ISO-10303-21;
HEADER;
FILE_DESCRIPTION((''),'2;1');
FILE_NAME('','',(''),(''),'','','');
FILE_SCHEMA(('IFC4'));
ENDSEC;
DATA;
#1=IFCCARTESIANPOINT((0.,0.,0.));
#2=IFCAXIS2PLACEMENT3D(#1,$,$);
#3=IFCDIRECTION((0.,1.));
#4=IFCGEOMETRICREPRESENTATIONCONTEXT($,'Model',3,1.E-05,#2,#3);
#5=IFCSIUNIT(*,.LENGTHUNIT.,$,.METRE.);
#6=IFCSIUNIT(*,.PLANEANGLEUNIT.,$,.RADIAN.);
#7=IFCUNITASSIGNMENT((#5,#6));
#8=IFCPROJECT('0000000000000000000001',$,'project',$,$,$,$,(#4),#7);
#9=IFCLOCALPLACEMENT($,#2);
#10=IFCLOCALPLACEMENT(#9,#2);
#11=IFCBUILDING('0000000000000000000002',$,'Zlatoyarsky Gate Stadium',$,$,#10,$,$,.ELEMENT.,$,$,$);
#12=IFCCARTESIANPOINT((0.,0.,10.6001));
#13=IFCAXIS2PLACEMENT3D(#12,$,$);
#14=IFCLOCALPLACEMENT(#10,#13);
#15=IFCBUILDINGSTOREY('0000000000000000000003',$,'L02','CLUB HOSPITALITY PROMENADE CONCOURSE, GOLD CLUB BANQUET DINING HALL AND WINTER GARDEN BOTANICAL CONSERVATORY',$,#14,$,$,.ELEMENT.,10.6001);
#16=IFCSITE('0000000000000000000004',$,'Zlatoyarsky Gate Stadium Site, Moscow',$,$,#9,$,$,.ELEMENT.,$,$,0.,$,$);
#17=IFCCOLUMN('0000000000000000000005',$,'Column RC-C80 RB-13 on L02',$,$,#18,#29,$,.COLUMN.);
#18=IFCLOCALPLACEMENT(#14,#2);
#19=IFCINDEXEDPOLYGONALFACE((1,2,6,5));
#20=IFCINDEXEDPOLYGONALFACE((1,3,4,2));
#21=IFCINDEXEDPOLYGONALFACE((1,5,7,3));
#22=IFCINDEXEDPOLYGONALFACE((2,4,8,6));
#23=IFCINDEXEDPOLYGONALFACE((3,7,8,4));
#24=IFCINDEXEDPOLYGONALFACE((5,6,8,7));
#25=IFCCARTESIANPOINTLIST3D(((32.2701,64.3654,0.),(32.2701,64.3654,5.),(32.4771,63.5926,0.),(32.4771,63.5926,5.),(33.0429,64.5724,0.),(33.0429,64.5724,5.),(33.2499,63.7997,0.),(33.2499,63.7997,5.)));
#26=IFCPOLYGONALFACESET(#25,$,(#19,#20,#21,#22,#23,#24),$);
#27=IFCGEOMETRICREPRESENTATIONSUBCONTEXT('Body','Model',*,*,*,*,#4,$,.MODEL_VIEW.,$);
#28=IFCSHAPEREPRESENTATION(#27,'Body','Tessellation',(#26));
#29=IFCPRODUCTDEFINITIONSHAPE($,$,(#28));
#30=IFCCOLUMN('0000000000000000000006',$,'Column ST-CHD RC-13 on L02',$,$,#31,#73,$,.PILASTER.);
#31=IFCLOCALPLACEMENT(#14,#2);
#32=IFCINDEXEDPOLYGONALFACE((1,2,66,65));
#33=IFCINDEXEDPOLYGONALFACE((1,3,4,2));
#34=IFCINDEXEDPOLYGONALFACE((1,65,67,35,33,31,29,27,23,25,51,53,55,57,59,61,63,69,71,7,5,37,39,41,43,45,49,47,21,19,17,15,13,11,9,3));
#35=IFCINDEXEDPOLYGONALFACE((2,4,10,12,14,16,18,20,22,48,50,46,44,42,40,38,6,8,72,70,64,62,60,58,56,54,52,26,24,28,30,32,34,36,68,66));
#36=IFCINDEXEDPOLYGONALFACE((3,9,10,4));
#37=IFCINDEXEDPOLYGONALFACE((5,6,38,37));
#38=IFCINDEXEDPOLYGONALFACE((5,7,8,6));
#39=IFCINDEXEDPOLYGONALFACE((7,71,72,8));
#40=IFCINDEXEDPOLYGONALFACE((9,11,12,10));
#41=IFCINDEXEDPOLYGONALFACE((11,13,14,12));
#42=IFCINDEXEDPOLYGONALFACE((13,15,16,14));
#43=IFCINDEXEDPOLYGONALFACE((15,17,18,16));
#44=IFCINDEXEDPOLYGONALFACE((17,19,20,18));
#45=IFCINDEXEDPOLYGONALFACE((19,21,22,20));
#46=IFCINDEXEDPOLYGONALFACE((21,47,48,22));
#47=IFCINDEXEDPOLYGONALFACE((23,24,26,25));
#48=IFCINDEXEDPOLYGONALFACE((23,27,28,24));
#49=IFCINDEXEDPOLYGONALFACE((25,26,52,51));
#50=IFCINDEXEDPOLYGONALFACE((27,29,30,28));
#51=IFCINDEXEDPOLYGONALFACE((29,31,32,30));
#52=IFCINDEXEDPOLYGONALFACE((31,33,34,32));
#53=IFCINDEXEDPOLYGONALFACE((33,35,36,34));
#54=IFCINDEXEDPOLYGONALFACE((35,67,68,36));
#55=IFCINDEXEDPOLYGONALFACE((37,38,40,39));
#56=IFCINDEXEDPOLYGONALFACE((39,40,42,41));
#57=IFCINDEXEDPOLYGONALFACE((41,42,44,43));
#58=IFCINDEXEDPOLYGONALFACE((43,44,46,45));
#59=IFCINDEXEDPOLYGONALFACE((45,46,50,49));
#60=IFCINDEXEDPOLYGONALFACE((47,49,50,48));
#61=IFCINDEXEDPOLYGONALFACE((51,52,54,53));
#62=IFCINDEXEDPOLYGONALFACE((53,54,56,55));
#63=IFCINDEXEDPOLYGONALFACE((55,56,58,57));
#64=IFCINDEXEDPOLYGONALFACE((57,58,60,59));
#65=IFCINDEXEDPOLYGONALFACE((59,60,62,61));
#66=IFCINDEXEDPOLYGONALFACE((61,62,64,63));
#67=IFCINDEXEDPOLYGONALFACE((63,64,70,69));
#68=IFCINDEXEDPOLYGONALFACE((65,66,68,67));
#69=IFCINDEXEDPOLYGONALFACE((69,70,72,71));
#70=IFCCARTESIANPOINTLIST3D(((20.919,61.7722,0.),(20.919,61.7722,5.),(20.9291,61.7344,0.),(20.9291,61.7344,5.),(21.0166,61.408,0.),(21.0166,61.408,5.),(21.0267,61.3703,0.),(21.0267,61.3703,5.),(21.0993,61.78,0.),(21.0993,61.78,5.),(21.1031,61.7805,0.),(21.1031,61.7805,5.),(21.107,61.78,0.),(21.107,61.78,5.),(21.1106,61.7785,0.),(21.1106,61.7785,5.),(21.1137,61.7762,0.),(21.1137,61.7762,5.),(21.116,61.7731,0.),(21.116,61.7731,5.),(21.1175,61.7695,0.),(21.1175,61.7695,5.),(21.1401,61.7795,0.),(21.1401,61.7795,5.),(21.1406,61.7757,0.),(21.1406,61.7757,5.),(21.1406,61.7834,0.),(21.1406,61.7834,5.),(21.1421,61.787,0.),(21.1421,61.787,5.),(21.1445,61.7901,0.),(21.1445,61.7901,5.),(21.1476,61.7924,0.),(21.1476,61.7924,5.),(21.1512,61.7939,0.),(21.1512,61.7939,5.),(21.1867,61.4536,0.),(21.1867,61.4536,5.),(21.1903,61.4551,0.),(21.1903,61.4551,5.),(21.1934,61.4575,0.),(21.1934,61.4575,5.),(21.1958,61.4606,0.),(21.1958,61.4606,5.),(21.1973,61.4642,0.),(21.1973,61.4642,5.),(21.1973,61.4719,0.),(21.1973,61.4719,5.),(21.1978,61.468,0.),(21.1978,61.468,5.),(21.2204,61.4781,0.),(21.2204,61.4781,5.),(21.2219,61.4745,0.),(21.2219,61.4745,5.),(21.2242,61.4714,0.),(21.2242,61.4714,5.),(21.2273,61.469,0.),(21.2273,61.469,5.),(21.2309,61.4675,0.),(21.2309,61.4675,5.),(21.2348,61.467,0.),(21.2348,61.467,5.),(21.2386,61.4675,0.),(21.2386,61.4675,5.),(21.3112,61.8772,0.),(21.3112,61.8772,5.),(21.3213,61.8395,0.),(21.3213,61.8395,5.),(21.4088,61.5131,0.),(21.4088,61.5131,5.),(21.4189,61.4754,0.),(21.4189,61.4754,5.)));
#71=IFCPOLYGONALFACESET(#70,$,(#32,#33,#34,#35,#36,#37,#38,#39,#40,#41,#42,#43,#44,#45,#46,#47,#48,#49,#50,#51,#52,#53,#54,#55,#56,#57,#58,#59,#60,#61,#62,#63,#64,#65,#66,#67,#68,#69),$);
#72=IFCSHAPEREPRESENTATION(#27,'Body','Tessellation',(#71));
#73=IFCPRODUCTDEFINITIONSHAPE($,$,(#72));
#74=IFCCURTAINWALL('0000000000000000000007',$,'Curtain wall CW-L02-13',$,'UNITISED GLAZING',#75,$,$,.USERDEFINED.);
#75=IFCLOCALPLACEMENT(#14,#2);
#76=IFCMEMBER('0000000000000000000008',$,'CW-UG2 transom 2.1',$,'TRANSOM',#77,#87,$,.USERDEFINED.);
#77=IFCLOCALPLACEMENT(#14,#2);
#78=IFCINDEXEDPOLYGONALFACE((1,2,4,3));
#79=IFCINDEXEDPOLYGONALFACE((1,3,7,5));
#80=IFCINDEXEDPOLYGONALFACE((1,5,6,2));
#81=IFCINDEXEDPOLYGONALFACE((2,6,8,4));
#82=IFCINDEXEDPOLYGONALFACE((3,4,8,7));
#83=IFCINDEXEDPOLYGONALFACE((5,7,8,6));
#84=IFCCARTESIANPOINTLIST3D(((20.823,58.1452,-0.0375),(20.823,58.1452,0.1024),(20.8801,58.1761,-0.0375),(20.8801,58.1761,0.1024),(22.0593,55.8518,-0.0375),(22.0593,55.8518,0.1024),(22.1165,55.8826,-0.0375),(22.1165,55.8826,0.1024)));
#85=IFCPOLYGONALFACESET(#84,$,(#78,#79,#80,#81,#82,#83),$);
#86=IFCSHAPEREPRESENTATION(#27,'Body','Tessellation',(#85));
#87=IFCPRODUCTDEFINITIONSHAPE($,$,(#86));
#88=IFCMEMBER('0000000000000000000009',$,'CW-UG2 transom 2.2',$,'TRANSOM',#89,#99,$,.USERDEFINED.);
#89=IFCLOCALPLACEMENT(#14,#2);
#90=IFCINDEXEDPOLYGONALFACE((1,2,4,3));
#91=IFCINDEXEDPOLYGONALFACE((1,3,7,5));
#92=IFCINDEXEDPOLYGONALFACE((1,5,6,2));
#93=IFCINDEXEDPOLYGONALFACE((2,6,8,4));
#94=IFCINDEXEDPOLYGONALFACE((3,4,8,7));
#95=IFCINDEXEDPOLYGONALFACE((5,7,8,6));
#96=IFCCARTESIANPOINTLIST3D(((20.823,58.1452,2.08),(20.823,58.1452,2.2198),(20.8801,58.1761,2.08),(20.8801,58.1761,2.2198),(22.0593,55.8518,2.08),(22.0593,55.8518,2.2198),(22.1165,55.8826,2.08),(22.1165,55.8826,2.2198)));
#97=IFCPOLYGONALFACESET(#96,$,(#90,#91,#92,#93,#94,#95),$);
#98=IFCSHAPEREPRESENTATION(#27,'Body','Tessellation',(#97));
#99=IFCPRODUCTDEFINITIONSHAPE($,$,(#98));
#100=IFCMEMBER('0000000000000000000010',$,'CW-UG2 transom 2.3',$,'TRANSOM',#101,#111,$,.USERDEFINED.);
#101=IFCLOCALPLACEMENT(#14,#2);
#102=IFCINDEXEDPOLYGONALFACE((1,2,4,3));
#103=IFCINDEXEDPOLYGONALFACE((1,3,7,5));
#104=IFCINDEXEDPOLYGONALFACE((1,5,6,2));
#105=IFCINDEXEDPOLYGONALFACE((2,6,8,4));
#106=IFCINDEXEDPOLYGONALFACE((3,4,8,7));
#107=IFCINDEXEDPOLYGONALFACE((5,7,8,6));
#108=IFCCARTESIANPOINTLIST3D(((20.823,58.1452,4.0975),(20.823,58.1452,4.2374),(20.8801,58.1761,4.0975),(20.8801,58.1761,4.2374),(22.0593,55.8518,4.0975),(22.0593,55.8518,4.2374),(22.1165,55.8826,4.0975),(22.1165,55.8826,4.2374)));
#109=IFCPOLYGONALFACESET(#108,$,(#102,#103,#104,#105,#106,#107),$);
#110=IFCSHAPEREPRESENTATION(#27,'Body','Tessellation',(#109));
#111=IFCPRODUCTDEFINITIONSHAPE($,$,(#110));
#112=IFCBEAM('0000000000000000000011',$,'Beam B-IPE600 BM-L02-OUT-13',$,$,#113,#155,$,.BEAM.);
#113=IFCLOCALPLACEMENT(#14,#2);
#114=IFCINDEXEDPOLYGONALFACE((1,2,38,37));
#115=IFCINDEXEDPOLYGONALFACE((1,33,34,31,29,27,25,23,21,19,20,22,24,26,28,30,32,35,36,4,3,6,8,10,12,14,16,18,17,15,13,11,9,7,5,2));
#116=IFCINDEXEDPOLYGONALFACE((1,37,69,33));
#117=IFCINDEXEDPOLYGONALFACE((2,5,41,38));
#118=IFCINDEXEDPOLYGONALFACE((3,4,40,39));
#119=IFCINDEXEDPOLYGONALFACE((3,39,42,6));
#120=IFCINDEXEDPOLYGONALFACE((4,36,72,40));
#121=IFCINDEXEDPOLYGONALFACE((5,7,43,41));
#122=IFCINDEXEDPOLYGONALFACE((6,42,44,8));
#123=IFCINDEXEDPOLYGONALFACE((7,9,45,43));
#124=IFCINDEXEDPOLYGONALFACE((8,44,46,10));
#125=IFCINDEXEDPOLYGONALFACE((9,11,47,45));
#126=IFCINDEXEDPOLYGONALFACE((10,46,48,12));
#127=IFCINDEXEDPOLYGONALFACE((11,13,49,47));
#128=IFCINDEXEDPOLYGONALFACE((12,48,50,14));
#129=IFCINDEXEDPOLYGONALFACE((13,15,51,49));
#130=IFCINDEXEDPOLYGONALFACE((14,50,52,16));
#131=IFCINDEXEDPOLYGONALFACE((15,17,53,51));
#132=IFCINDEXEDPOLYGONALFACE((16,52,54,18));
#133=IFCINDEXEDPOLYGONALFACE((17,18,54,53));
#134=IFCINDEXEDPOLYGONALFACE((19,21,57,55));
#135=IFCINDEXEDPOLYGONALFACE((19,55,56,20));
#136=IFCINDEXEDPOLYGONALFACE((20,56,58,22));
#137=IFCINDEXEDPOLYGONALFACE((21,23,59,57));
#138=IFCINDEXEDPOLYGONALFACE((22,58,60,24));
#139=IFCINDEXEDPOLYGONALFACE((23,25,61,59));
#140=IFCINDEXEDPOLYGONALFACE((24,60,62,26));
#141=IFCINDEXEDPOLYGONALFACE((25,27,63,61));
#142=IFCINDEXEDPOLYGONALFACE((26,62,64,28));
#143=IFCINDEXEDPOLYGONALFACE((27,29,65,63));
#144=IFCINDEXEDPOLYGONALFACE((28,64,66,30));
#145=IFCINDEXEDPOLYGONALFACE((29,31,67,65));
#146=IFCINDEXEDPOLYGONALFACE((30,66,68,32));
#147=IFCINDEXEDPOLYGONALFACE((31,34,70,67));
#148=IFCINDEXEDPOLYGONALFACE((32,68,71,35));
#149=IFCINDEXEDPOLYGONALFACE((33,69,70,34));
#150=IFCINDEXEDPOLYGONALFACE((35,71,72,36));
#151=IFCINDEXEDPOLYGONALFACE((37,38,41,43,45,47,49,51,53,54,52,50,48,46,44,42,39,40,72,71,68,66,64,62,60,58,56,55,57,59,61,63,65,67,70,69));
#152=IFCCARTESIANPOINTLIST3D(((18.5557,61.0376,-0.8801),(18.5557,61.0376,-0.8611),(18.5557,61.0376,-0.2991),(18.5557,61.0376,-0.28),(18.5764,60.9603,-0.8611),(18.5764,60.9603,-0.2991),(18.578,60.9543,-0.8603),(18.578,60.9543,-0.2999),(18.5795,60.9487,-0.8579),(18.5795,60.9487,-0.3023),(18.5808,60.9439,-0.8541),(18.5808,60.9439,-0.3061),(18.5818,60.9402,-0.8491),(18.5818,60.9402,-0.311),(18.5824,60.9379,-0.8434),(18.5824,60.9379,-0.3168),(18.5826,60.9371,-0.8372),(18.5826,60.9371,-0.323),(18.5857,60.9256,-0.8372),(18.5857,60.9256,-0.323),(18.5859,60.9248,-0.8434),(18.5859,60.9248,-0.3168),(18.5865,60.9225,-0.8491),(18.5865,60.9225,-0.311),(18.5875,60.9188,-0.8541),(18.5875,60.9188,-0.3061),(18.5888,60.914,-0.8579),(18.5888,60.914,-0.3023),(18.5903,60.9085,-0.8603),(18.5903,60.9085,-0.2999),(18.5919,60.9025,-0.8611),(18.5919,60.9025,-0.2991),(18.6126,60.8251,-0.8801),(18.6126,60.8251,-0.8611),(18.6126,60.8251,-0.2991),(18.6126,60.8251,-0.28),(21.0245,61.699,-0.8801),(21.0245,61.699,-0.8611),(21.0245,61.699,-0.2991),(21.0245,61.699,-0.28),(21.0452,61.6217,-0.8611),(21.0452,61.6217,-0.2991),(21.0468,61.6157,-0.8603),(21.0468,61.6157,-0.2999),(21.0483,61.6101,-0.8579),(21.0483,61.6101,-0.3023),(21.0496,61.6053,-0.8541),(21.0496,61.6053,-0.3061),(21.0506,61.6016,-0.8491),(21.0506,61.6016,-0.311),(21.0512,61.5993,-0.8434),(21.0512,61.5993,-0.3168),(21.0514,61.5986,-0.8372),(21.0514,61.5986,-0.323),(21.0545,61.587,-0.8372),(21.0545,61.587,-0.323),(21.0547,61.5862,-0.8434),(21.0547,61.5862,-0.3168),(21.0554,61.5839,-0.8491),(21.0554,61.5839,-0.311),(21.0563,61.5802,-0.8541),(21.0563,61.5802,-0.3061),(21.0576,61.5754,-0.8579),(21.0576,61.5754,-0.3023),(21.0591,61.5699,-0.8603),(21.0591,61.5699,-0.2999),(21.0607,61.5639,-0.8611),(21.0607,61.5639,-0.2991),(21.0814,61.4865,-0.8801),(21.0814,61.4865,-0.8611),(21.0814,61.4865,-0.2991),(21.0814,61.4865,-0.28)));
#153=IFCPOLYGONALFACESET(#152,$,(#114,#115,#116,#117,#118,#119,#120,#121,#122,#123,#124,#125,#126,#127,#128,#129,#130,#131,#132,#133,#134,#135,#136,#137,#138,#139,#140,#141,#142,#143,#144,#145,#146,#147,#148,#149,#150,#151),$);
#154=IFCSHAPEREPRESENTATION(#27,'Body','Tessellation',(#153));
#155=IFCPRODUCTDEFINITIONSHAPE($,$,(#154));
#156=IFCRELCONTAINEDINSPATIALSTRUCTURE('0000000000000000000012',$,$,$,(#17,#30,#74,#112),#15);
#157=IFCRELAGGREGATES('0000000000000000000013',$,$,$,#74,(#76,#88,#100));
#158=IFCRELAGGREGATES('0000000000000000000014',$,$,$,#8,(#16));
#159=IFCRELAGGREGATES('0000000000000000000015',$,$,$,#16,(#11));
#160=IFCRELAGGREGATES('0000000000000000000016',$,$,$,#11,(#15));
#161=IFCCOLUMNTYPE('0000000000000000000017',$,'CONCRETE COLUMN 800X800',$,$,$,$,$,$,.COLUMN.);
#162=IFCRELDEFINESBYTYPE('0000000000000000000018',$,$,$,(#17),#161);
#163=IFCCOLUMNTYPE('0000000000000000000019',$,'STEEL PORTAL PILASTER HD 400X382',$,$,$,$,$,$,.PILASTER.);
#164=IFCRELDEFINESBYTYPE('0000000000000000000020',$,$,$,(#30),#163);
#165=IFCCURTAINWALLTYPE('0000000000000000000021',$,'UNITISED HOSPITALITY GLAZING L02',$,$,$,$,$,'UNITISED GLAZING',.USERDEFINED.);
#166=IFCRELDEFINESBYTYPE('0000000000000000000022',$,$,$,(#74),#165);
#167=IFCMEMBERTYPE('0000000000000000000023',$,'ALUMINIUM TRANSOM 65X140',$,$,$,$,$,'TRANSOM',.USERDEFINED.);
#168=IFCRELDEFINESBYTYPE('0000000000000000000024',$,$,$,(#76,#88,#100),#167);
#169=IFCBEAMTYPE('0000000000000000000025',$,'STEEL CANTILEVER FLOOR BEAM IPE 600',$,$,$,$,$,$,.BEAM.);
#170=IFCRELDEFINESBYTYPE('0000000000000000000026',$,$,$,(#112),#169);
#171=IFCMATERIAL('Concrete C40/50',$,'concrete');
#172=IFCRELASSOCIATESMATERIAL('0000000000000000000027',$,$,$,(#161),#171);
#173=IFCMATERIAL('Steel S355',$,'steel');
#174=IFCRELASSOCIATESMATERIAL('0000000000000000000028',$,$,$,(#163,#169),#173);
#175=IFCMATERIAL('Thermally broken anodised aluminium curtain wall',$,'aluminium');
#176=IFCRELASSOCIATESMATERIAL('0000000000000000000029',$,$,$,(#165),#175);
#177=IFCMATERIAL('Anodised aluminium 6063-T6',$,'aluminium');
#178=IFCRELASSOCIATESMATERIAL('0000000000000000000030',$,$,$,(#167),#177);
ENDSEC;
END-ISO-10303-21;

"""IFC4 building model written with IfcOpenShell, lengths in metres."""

from ifc_helpers import new_model, si_unit, direction, frame, origin, origin_2d, place, context, subcontext, project, spatial, rectangle, i_section, extrude, material, material_profile, profile_set, type_object, element, aggregate, save


model = new_model("IFC4")

# Units and contexts
model_context = context("Model", 3, precision=1e-05, world=origin(), true_north=direction((0.0, 1.0)))
body_context = subcontext(model_context, "Body", "Model", "MODEL_VIEW")
ifc_project = project(units=[si_unit("LENGTHUNIT", "METRE"), si_unit("PLANEANGLEUNIT", "RADIAN")], contexts=[model_context])

# Site, building, storey
site_placement = place(None, origin())
site = spatial("IfcSite", under=ifc_project, at=site_placement, Name="Zlatoyarsky Gate Stadium Site, Moscow", CompositionType="ELEMENT", RefElevation=0.0)
building_placement = place(site_placement, origin())
building = spatial("IfcBuilding", under=site, at=building_placement, Name="Zlatoyarsky Gate Stadium", CompositionType="ELEMENT")
storey_placement = place(building_placement, frame((0.0, 0.0, 10.6001)))
storey = spatial("IfcBuildingStorey", under=building, at=storey_placement, Name="L02", Description="CLUB HOSPITALITY PROMENADE CONCOURSE, GOLD CLUB BANQUET DINING HALL AND WINTER GARDEN BOTANICAL CONSERVATORY", CompositionType="ELEMENT", Elevation=10.6001)

# Columns
ifc_material_1 = material(Name="Concrete C40/50", Category="concrete")
ifc_material_profile_1 = material_profile(ifc_material_1, rectangle(XDim=0.8, YDim=0.8, at=origin_2d()), Name="RC COL 800X800")
ifc_profile_set_1 = profile_set([ifc_material_profile_1], Name="Concrete C40/50")
column_type_1 = type_object("IfcColumnType", Name="CONCRETE COLUMN 800X800", PredefinedType="COLUMN", material=ifc_profile_set_1)
column_1_placement = place(storey_placement, frame((32.76, 64.0825, 0.0), z_axis=(0.0, 0.0, 1.0), x_axis=(-0.965926, -0.258819, 0.0)))
element("IfcColumn", 1, at=column_1_placement, inside=storey, type_object=column_type_1, Name="Column RC-C80 RB-13 on L02", PredefinedType="COLUMN", context=body_context, shape_type="SweptSolid", body=[
    extrude(rectangle(XDim=0.8, YDim=0.8, at=origin_2d()), origin(), (0.0, 0.0, 1.0), 5.0),
])
ifc_material_2 = material(Name="Steel S355", Category="steel")
ifc_material_profile_2 = material_profile(ifc_material_2, i_section(OverallWidth=0.406, OverallDepth=0.416, WebThickness=0.0239, FlangeThickness=0.0391, FilletRadius=0.0149, at=origin_2d()), Name="HD 400X382")
ifc_profile_set_2 = profile_set([ifc_material_profile_2], Name="Steel S355")
column_type_2 = type_object("IfcColumnType", Name="STEEL PORTAL PILASTER HD 400X382", PredefinedType="PILASTER", material=ifc_profile_set_2)
column_2_placement = place(storey_placement, frame((21.1689, 61.6238, 0.0), z_axis=(0.0, 0.0, 1.0), x_axis=(-0.965926, -0.258819, 0.0)))
element("IfcColumn", 2, at=column_2_placement, inside=storey, type_object=column_type_2, Name="Column ST-CHD RC-13 on L02", PredefinedType="PILASTER", context=body_context, shape_type="SweptSolid", body=[
    extrude(i_section(OverallWidth=0.406, OverallDepth=0.416, WebThickness=0.0239, FlangeThickness=0.0391, FilletRadius=0.0149, at=origin_2d()), origin(), (0.0, 0.0, 1.0), 5.0),
])

# Curtain wall, members
ifc_material_3 = material(Name="Thermally broken anodised aluminium curtain wall", Category="aluminium")
curtain_wall_type = type_object("IfcCurtainWallType", Name="UNITISED HOSPITALITY GLAZING L02", ElementType="UNITISED GLAZING", PredefinedType="USERDEFINED", material=ifc_material_3)
curtain_wall_placement = place(storey_placement, origin())
curtain_wall = element("IfcCurtainWall", 3, at=curtain_wall_placement, inside=storey, type_object=curtain_wall_type, Name="Curtain wall CW-L02-13", ObjectType="UNITISED GLAZING", PredefinedType="USERDEFINED")
ifc_material_4 = material(Name="Anodised aluminium 6063-T6", Category="aluminium")
ifc_material_profile_3 = material_profile(ifc_material_4, rectangle(XDim=0.0649, YDim=0.1399, at=origin_2d()), Name="ALU 65X140")
ifc_profile_set_3 = profile_set([ifc_material_profile_3], Name="Anodised aluminium 6063-T6")
member_type = type_object("IfcMemberType", Name="ALUMINIUM TRANSOM 65X140", ElementType="TRANSOM", PredefinedType="USERDEFINED", material=ifc_profile_set_3)
member_1_placement = place(storey_placement, frame((20.8516, 58.1606, 0.0325), z_axis=(0.474513, -0.880248, 0.0), x_axis=(0.880248, 0.474513, 0.0)))
member_1 = element("IfcMember", 4, at=member_1_placement, type_object=member_type, Name="CW-UG2 transom 2.1", ObjectType="TRANSOM", PredefinedType="USERDEFINED", context=body_context, shape_type="SweptSolid", body=[
    extrude(rectangle(XDim=0.0649, YDim=0.1399, at=origin_2d()), origin(), (0.0, 0.0, 1.0), 2.6055),
])
member_2_placement = place(storey_placement, frame((20.8516, 58.1606, 2.1499), z_axis=(0.474513, -0.880248, 0.0), x_axis=(0.880248, 0.474513, 0.0)))
member_2 = element("IfcMember", 5, at=member_2_placement, type_object=member_type, Name="CW-UG2 transom 2.2", ObjectType="TRANSOM", PredefinedType="USERDEFINED", context=body_context, shape_type="SweptSolid", body=[
    extrude(rectangle(XDim=0.0649, YDim=0.1399, at=origin_2d()), origin(), (0.0, 0.0, 1.0), 2.6055),
])
member_3_placement = place(storey_placement, frame((20.8516, 58.1606, 4.1675), z_axis=(0.474513, -0.880248, 0.0), x_axis=(0.880248, 0.474513, 0.0)))
member_3 = element("IfcMember", 6, at=member_3_placement, type_object=member_type, Name="CW-UG2 transom 2.3", ObjectType="TRANSOM", PredefinedType="USERDEFINED", context=body_context, shape_type="SweptSolid", body=[
    extrude(rectangle(XDim=0.0649, YDim=0.1399, at=origin_2d()), origin(), (0.0, 0.0, 1.0), 2.6055),
])

# Beam
ifc_material_profile_4 = material_profile(ifc_material_2, i_section(OverallWidth=0.22, OverallDepth=0.6001, WebThickness=0.012, FlangeThickness=0.019, FilletRadius=0.0239, at=origin_2d()), Name="IPE 600")
ifc_profile_set_4 = profile_set([ifc_material_profile_4], Name="Steel S355")
beam_type_1 = type_object("IfcBeamType", Name="STEEL CANTILEVER FLOOR BEAM IPE 600", PredefinedType="BEAM", material=ifc_profile_set_4)
beam_1_placement = place(storey_placement, frame((21.053, 61.5928, -0.5801), z_axis=(-0.965938, -0.258774, 0.0), x_axis=(0.258774, -0.965938, 0.0)))
element("IfcBeam", 7, at=beam_1_placement, inside=storey, type_object=beam_type_1, Name="Beam B-IPE600 BM-L02-OUT-13", PredefinedType="BEAM", context=body_context, shape_type="SweptSolid", body=[
    extrude(i_section(OverallWidth=0.22, OverallDepth=0.6001, WebThickness=0.012, FlangeThickness=0.019, FilletRadius=0.0239, at=origin_2d()), origin(), (0.0, 0.0, 1.0), 2.5559),
])

aggregate(curtain_wall, [member_1, member_2, member_3])

save(model, "model.ifc")
